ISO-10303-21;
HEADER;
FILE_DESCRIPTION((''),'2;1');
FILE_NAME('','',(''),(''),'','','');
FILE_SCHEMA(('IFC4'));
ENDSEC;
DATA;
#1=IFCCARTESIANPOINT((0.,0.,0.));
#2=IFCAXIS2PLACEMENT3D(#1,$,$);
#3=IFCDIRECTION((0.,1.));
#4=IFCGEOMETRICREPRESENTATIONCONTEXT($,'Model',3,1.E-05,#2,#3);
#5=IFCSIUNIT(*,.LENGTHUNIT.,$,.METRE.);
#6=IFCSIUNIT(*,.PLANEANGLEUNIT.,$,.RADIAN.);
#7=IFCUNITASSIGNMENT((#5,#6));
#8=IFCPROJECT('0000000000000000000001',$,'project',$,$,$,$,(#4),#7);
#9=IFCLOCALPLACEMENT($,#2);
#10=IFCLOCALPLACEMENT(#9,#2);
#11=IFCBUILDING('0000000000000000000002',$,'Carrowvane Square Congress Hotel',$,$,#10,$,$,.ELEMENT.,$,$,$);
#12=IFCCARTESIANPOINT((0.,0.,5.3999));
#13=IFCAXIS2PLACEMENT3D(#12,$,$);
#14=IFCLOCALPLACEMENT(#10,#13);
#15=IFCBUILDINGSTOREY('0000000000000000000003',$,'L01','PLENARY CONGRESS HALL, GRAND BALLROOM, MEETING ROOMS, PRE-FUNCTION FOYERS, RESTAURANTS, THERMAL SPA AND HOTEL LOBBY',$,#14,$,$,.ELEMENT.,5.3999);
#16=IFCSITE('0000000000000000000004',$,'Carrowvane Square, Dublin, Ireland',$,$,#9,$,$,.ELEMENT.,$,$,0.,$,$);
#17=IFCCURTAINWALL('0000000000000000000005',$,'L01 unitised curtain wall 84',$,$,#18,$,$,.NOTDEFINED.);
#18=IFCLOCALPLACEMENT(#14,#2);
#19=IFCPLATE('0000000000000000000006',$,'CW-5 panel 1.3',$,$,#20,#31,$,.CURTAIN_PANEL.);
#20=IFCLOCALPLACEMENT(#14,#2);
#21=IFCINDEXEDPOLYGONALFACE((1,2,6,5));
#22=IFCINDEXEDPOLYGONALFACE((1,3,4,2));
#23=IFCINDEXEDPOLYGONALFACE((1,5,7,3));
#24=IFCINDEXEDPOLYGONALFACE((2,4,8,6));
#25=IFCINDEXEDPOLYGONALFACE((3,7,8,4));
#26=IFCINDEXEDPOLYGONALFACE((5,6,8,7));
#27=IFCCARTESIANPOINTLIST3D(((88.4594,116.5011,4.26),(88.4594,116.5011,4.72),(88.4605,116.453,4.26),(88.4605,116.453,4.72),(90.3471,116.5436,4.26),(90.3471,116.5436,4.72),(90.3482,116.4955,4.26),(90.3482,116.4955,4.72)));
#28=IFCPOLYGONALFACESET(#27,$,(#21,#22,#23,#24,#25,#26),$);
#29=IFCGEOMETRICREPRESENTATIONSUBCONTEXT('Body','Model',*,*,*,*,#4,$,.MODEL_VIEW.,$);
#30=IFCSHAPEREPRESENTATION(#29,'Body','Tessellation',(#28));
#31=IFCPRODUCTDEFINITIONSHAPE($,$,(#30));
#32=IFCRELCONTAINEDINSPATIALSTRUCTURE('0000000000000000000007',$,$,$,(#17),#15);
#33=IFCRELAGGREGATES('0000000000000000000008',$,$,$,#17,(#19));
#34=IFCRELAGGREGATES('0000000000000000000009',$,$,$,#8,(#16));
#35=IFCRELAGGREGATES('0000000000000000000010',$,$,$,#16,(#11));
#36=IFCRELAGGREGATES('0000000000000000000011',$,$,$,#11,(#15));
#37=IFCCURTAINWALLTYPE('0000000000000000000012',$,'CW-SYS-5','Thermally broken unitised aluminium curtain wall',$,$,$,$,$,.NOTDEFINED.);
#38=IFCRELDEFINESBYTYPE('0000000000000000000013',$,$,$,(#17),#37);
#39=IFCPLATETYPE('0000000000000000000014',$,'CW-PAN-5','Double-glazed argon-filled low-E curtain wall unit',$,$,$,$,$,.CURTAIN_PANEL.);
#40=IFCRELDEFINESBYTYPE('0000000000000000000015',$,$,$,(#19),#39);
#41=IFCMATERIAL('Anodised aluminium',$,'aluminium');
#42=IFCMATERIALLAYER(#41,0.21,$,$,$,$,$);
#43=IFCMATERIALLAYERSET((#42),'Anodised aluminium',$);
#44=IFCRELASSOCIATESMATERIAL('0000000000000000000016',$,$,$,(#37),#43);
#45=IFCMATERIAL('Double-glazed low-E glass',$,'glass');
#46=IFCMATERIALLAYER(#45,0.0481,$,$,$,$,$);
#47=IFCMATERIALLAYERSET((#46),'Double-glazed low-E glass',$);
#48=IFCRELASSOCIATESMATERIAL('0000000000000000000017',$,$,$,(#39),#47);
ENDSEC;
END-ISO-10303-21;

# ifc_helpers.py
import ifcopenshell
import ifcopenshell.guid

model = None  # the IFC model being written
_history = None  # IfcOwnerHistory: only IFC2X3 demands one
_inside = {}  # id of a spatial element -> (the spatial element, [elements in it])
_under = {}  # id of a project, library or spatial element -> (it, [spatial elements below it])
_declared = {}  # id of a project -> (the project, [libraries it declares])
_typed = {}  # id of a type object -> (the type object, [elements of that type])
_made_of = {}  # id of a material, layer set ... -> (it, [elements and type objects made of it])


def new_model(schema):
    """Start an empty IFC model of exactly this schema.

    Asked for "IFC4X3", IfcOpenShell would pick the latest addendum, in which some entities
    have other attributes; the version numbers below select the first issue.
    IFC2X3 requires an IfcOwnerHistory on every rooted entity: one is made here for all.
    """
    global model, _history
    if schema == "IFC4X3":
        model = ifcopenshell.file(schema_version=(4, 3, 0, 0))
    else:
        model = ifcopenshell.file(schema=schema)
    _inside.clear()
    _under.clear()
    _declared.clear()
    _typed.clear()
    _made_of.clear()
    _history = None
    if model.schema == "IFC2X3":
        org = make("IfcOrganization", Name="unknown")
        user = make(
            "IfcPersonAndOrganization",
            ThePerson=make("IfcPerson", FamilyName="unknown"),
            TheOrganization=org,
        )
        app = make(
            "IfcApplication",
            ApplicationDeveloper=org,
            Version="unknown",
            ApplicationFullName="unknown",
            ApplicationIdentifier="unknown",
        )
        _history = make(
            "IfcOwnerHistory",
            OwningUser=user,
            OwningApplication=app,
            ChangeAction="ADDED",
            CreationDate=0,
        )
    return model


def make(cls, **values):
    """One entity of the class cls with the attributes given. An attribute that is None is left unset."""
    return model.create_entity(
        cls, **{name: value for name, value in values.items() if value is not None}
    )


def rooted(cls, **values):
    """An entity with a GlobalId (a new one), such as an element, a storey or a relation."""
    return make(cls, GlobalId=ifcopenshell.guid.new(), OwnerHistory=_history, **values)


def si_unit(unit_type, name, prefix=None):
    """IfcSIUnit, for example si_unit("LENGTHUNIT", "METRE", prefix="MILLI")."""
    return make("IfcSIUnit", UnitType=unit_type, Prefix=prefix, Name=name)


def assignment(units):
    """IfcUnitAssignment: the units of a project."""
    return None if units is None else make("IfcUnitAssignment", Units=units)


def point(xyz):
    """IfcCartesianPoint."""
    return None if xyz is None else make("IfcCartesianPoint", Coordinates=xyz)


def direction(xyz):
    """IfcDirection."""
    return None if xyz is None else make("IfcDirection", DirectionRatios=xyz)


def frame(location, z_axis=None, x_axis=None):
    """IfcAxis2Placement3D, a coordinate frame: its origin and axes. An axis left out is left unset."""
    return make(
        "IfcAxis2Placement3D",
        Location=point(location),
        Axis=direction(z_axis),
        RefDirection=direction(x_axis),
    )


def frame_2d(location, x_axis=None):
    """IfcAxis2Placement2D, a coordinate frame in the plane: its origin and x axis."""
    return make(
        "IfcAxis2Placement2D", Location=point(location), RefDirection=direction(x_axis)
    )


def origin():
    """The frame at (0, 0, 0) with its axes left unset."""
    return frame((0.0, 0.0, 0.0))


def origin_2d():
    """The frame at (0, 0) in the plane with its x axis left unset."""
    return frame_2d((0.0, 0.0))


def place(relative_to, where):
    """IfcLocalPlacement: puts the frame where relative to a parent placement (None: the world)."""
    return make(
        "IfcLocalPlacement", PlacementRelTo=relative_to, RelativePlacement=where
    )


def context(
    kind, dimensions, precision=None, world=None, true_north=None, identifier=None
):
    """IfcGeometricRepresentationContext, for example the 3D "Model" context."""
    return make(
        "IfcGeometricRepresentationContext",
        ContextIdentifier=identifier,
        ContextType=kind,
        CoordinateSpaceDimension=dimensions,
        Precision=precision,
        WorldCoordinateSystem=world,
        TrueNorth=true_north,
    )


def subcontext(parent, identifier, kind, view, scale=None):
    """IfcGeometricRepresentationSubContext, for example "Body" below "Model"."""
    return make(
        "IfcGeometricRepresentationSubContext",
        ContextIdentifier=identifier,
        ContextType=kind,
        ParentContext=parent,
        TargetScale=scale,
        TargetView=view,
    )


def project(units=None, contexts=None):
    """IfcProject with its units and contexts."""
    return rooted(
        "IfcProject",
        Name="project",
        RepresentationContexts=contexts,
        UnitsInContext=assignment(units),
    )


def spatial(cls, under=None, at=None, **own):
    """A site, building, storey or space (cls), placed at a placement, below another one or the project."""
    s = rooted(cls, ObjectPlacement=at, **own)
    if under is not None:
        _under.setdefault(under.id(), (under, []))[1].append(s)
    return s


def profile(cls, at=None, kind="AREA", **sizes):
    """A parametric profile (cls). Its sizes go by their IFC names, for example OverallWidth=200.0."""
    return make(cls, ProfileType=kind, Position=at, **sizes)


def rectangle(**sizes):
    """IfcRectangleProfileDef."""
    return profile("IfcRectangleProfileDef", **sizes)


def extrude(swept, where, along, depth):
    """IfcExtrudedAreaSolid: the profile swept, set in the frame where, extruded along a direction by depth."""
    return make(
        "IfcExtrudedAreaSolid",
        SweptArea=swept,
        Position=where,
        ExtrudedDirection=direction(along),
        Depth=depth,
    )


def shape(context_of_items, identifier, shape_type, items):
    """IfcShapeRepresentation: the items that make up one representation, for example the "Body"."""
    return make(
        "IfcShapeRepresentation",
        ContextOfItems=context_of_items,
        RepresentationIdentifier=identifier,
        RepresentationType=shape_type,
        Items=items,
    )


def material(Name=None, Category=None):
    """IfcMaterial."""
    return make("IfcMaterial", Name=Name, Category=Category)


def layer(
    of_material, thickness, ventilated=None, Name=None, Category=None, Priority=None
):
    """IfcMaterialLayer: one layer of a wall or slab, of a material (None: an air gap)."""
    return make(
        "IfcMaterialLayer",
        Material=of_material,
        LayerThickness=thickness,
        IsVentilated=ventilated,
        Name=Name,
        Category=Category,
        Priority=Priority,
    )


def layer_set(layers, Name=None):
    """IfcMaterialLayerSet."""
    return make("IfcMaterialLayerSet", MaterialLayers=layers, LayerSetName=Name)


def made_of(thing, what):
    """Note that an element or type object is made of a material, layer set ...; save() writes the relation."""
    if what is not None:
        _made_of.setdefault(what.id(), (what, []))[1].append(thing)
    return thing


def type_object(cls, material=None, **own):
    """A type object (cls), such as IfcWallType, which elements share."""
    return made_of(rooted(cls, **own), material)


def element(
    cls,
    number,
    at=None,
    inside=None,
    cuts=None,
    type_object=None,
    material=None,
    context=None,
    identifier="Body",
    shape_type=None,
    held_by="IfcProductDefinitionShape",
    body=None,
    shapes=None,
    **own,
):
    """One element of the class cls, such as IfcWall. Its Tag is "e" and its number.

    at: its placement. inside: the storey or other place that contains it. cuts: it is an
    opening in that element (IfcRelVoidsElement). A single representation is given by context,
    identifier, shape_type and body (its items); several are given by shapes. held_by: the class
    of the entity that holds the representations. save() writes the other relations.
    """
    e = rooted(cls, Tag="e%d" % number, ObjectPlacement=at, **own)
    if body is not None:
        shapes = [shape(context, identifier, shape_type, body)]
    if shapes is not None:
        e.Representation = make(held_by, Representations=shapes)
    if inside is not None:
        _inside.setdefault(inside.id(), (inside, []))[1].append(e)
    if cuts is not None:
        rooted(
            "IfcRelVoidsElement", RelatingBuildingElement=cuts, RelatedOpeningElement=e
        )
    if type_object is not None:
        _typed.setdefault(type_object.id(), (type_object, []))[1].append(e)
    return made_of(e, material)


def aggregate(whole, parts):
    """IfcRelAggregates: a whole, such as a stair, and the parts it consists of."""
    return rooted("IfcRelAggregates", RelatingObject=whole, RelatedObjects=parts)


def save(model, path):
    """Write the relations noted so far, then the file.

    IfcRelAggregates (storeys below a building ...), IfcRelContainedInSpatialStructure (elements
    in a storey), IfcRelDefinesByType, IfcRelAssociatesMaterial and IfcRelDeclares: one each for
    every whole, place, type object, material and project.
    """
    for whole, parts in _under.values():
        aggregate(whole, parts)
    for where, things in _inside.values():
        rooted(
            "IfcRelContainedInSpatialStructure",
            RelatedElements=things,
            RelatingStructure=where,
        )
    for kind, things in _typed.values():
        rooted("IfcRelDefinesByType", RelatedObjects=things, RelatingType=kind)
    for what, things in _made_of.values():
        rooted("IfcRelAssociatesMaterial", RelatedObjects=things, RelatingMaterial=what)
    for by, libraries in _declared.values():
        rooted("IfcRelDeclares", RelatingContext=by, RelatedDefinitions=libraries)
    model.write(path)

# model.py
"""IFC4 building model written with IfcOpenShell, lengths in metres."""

from ifc_helpers import new_model, si_unit, direction, frame, origin, origin_2d, place, context, subcontext, project, spatial, rectangle, extrude, material, layer, layer_set, type_object, element, aggregate, save


model = new_model("IFC4")

# Units and contexts
model_context = context("Model", 3, precision=1e-05, world=origin(), true_north=direction((0.0, 1.0)))
body_context = subcontext(model_context, "Body", "Model", "MODEL_VIEW")
ifc_project = project(units=[si_unit("LENGTHUNIT", "METRE"), si_unit("PLANEANGLEUNIT", "RADIAN")], contexts=[model_context])

# Site, building, storey
site_placement = place(None, origin())
site = spatial("IfcSite", under=ifc_project, at=site_placement, Name="Carrowvane Square, Dublin, Ireland", CompositionType="ELEMENT", RefElevation=0.0)
building_placement = place(site_placement, origin())
building = spatial("IfcBuilding", under=site, at=building_placement, Name="Carrowvane Square Congress Hotel", CompositionType="ELEMENT")
storey_placement = place(building_placement, frame((0.0, 0.0, 5.3999)))
storey = spatial("IfcBuildingStorey", under=building, at=storey_placement, Name="L01", Description="PLENARY CONGRESS HALL, GRAND BALLROOM, MEETING ROOMS, PRE-FUNCTION FOYERS, RESTAURANTS, THERMAL SPA AND HOTEL LOBBY", CompositionType="ELEMENT", Elevation=5.3999)

# Curtain wall
ifc_material_1 = material(Name="Anodised aluminium", Category="aluminium")
ifc_layer_1 = layer(ifc_material_1, 0.21)
ifc_layer_set_1 = layer_set([ifc_layer_1], Name="Anodised aluminium")
curtain_wall_type_1 = type_object("IfcCurtainWallType", Name="CW-SYS-5", Description="Thermally broken unitised aluminium curtain wall", PredefinedType="NOTDEFINED", material=ifc_layer_set_1)
curtain_wall_1_placement = place(storey_placement, origin())
curtain_wall_1 = element("IfcCurtainWall", 1, at=curtain_wall_1_placement, inside=storey, type_object=curtain_wall_type_1, Name="L01 unitised curtain wall 84", PredefinedType="NOTDEFINED")

# Plate
ifc_material_2 = material(Name="Double-glazed low-E glass", Category="glass")
ifc_layer_2 = layer(ifc_material_2, 0.0481)
ifc_layer_set_2 = layer_set([ifc_layer_2], Name="Double-glazed low-E glass")
plate_type_1 = type_object("IfcPlateType", Name="CW-PAN-5", Description="Double-glazed argon-filled low-E curtain wall unit", PredefinedType="CURTAIN_PANEL", material=ifc_layer_set_2)
plate_1_placement = place(storey_placement, frame((89.4038, 116.4983, 4.26), z_axis=(0.0, 0.0, 1.0), x_axis=(0.999746, 0.022518, 0.0)))
plate_1 = element("IfcPlate", 2, at=plate_1_placement, type_object=plate_type_1, Name="CW-5 panel 1.3", PredefinedType="CURTAIN_PANEL", context=body_context, shape_type="SweptSolid", body=[
    extrude(rectangle(XDim=1.8882, YDim=0.0481, at=origin_2d()), origin(), (0.0, 0.0, 1.0), 0.46),
])
aggregate(curtain_wall_1, [plate_1])

save(model, "model.ifc")
